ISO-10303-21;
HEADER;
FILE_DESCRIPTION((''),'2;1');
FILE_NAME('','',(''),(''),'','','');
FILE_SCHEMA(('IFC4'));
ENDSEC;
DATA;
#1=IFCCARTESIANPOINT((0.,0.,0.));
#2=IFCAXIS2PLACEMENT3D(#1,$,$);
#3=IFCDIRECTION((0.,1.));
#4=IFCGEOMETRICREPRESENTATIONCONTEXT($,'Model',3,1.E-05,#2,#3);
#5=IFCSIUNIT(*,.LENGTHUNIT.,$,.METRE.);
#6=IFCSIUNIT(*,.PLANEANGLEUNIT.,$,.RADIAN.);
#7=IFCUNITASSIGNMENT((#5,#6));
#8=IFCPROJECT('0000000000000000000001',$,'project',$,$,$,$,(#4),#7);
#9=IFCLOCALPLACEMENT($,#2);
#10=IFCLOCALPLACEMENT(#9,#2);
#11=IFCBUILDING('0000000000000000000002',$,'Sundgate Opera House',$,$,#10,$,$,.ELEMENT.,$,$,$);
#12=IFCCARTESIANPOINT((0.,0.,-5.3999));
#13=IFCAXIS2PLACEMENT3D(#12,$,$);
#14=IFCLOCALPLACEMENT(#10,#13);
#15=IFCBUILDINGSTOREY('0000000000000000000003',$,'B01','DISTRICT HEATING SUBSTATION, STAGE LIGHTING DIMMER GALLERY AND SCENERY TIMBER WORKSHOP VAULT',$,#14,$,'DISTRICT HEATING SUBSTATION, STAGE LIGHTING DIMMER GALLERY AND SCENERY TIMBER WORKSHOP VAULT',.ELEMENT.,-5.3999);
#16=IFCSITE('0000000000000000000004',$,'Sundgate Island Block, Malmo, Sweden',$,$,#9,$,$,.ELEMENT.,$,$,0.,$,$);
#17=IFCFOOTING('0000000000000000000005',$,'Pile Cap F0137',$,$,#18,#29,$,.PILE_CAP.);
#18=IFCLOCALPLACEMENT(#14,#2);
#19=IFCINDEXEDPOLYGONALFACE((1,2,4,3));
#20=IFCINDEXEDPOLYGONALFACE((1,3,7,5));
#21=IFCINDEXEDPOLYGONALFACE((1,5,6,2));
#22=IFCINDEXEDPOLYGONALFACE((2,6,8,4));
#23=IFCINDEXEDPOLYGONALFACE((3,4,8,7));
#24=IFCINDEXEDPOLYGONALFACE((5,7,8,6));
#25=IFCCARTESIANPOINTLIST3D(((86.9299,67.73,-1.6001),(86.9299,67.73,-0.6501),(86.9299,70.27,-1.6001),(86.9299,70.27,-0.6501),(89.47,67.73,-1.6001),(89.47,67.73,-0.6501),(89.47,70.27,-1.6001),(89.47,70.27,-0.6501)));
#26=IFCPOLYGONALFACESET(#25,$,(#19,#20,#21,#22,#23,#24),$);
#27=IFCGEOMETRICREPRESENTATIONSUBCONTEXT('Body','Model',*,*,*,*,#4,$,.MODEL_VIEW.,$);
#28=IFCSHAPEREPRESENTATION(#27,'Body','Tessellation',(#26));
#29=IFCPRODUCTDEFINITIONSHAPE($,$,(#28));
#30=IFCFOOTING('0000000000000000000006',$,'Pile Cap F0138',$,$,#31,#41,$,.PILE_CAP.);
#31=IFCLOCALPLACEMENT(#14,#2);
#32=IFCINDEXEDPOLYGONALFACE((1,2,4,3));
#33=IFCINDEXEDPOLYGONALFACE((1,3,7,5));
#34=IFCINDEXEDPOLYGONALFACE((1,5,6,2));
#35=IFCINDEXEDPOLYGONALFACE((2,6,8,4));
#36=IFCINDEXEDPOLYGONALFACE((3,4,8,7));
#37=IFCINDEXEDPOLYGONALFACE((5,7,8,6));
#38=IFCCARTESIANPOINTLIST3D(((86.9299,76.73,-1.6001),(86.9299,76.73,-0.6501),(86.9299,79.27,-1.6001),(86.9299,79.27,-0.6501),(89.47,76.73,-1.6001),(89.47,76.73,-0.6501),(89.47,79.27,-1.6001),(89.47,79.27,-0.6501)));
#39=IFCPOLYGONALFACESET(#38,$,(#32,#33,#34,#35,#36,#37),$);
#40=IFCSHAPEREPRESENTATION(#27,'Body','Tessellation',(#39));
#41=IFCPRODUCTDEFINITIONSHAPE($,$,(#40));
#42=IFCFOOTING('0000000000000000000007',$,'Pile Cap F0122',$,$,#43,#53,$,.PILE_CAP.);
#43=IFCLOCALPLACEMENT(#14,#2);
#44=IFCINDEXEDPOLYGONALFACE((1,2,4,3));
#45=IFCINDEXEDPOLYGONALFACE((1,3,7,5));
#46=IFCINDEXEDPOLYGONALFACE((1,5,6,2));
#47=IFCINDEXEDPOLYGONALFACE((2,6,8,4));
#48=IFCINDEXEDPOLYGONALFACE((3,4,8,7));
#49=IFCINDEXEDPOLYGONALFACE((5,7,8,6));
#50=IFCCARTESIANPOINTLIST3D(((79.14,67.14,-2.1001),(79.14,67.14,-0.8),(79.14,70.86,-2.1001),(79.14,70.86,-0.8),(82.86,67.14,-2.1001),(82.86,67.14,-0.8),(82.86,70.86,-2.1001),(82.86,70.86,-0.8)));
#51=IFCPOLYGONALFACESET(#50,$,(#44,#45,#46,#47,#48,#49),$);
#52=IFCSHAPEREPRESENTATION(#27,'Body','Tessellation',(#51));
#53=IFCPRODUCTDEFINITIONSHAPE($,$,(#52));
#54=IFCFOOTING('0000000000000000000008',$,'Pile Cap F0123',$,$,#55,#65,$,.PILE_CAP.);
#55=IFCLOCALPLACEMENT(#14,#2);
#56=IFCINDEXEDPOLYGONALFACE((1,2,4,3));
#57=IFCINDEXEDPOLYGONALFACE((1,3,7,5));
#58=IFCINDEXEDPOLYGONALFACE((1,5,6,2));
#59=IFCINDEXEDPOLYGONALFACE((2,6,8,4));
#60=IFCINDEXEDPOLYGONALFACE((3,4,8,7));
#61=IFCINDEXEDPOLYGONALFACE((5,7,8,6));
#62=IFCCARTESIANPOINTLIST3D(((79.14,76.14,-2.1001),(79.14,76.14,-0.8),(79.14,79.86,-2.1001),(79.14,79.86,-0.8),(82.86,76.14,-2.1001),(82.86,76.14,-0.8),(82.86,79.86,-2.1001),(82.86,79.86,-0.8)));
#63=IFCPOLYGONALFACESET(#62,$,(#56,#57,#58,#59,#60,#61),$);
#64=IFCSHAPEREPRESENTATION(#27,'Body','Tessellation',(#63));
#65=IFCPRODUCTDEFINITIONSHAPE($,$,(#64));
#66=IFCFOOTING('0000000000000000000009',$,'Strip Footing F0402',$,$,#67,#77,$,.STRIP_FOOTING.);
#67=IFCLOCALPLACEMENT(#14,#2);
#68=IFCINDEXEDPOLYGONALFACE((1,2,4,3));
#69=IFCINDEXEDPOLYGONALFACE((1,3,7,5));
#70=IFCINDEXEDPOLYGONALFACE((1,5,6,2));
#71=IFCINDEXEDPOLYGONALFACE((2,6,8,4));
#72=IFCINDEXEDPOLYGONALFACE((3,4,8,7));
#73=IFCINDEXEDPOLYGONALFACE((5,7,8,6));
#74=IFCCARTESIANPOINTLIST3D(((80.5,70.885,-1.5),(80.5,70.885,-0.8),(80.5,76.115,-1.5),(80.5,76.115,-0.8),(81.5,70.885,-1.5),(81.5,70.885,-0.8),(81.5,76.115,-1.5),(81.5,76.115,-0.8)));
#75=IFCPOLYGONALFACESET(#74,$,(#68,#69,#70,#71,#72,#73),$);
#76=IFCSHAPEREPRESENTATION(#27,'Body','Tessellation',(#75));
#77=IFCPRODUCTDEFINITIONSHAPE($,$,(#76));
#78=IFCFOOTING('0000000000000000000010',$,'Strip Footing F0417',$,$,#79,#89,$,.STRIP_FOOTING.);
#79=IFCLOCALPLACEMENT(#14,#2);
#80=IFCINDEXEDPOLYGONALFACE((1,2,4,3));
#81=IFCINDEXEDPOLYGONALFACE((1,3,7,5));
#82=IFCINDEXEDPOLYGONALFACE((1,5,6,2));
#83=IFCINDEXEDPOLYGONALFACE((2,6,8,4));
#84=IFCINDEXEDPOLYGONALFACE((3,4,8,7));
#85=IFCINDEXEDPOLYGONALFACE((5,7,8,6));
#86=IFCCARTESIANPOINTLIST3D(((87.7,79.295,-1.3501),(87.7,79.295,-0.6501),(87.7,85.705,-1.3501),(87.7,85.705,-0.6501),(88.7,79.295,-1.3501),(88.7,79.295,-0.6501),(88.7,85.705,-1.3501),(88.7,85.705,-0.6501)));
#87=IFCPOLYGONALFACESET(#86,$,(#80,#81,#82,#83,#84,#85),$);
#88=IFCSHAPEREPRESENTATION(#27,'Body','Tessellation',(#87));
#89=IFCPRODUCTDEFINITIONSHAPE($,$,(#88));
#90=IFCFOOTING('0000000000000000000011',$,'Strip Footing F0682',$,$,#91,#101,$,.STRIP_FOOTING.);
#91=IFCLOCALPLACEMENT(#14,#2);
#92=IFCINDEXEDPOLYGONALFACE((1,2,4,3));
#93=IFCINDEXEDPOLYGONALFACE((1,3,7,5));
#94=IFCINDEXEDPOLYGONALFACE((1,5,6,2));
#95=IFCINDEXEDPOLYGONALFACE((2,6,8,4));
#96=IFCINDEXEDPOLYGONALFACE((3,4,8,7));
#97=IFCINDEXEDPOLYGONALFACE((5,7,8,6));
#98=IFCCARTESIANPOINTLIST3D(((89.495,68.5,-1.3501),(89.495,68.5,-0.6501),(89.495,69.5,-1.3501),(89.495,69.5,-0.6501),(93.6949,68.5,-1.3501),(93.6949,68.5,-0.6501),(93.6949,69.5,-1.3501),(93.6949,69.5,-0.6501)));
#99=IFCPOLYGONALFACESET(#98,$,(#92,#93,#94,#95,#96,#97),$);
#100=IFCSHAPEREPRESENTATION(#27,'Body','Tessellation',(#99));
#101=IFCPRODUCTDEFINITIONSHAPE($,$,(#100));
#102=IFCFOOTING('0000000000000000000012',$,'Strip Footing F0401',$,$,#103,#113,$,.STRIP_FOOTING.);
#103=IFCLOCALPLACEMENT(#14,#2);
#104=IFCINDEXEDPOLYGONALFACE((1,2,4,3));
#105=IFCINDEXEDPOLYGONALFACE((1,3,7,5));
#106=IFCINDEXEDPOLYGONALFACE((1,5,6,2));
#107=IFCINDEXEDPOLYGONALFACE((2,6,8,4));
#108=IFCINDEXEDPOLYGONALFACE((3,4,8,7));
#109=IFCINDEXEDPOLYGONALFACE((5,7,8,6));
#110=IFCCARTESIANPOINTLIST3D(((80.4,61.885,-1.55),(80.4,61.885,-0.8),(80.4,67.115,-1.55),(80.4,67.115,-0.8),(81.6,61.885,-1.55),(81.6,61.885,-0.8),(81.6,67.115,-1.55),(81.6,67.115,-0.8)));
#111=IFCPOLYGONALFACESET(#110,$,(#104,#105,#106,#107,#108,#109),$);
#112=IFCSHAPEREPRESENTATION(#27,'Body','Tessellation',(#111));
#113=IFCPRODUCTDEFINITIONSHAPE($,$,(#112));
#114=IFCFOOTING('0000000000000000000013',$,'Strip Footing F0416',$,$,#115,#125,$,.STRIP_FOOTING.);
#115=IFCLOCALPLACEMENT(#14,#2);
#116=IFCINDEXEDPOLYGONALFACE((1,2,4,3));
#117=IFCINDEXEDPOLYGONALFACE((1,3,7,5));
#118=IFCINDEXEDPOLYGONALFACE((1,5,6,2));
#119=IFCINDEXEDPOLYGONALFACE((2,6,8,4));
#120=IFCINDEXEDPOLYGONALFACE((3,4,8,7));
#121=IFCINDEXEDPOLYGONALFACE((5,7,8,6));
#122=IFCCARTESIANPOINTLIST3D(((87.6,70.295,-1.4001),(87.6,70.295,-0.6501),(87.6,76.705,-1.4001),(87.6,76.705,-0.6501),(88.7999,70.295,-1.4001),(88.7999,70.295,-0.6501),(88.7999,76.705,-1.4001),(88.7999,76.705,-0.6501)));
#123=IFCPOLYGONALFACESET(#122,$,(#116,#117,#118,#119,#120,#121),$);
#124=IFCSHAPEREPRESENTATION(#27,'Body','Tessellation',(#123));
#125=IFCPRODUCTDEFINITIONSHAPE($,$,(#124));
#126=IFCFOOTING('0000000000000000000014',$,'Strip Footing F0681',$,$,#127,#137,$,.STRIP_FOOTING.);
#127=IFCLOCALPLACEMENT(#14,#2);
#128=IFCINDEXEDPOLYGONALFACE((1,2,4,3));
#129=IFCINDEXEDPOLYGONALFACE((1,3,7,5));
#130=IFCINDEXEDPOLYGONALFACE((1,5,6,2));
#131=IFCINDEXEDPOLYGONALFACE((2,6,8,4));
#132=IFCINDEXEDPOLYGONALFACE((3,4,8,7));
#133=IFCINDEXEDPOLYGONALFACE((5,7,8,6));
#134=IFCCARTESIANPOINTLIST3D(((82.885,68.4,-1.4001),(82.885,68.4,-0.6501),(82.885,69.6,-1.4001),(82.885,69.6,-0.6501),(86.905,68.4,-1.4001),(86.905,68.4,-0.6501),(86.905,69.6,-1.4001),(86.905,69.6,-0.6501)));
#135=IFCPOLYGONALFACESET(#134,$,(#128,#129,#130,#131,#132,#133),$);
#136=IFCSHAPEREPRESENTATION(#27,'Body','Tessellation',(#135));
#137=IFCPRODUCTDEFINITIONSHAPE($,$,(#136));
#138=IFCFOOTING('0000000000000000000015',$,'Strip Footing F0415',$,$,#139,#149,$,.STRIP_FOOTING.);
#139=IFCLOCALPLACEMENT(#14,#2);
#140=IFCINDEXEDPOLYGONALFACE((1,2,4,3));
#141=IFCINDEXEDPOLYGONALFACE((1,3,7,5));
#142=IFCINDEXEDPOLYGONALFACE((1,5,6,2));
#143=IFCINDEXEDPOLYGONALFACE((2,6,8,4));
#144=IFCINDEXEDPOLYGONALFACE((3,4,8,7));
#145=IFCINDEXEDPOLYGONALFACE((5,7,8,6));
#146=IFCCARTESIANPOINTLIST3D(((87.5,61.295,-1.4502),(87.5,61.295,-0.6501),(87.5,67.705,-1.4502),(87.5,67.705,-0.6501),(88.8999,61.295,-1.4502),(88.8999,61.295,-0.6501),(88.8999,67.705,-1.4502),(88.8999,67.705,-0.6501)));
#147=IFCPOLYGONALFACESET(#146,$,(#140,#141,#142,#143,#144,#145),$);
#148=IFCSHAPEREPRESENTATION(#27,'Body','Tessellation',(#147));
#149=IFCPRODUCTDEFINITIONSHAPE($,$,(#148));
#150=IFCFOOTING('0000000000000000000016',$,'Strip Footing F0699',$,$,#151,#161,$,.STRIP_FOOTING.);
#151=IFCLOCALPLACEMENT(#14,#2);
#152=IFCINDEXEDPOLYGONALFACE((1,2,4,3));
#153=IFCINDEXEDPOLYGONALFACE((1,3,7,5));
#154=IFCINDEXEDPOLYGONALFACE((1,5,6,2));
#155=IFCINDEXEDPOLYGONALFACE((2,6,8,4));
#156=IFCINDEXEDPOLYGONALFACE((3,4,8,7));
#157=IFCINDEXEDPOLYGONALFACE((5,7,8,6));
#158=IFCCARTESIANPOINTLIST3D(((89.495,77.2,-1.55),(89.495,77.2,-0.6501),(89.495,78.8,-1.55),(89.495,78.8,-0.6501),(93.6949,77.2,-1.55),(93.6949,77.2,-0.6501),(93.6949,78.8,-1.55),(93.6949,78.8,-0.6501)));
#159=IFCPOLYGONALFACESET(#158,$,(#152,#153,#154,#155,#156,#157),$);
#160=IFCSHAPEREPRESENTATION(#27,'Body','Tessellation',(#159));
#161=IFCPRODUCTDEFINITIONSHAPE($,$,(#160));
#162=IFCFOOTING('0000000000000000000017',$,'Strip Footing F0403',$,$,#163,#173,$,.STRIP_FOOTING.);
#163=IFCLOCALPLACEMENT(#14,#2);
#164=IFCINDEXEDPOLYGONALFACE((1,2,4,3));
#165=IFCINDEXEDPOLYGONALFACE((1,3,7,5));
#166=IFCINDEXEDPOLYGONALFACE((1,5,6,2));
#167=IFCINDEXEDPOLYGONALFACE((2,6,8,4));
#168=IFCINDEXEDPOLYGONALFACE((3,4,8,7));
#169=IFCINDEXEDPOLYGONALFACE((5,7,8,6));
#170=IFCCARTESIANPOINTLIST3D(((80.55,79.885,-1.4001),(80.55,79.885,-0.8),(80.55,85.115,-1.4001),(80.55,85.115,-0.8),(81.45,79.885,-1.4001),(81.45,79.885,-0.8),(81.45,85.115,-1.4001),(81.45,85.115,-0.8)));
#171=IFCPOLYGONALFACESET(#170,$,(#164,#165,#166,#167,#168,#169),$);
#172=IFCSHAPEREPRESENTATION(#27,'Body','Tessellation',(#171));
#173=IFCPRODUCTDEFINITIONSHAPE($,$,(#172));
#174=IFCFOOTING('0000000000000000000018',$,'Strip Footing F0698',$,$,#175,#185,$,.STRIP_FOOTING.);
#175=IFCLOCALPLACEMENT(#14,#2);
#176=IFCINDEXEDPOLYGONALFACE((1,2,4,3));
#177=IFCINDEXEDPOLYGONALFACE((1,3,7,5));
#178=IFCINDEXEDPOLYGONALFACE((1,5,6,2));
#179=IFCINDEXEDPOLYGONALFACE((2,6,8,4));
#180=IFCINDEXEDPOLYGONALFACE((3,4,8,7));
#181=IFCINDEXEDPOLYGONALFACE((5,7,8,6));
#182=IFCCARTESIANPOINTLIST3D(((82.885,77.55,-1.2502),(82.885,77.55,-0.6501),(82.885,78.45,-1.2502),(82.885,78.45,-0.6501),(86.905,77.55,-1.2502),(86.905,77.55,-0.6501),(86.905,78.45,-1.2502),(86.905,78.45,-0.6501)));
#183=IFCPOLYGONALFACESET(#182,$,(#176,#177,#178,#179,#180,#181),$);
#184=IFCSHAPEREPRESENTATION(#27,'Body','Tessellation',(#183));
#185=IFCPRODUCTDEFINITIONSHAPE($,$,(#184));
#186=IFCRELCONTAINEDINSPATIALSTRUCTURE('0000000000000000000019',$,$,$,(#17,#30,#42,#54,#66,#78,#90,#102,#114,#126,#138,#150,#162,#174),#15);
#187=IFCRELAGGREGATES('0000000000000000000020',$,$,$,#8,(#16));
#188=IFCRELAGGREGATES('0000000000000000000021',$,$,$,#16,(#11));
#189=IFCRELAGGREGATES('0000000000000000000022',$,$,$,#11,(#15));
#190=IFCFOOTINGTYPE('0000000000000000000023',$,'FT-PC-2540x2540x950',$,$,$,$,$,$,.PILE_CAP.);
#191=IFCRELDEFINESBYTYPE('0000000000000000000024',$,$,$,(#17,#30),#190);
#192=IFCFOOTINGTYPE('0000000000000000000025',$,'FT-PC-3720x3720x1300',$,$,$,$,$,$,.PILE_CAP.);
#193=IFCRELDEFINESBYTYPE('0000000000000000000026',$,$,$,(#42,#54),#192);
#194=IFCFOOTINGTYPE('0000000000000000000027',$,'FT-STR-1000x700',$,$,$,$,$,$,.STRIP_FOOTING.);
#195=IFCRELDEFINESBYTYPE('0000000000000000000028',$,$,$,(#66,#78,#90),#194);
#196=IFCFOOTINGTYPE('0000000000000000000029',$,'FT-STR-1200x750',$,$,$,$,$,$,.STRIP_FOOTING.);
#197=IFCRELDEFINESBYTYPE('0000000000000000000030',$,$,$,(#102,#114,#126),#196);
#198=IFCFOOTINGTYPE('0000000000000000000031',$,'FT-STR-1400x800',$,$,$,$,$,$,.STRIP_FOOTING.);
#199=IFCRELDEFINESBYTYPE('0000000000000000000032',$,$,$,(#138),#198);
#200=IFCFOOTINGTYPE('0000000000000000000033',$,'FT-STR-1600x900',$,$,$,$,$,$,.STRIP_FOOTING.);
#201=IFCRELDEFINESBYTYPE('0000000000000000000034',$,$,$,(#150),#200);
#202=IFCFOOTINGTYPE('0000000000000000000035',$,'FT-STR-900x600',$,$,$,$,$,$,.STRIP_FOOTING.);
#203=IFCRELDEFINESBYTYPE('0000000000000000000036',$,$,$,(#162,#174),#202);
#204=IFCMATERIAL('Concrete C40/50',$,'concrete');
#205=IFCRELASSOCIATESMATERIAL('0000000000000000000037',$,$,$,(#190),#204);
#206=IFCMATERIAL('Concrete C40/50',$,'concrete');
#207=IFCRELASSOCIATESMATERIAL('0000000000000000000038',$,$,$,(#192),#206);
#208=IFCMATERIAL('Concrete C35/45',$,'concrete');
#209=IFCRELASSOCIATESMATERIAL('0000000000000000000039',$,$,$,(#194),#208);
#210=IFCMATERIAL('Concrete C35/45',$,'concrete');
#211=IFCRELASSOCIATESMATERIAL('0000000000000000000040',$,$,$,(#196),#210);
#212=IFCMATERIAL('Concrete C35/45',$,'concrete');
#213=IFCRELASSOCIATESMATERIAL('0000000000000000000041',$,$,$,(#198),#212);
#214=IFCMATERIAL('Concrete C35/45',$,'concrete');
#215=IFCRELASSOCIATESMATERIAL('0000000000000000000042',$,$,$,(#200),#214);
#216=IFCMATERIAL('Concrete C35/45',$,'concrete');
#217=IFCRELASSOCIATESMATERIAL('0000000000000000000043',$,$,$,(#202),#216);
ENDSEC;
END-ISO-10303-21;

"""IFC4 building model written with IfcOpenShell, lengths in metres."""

from ifc_helpers import new_model, si_unit, direction, frame, origin, origin_2d, place, context, subcontext, project, spatial, rectangle, extrude, material, type_object, element, save


model = new_model("IFC4")

# Units and contexts
model_context = context("Model", 3, precision=1e-05, world=origin(), true_north=direction((0.0, 1.0)))
body_context = subcontext(model_context, "Body", "Model", "MODEL_VIEW")
ifc_project = project(units=[si_unit("LENGTHUNIT", "METRE"), si_unit("PLANEANGLEUNIT", "RADIAN")], contexts=[model_context])

# Site, building, storey
site_placement = place(None, origin())
site = spatial("IfcSite", under=ifc_project, at=site_placement, Name="Sundgate Island Block, Malmo, Sweden", CompositionType="ELEMENT", RefElevation=0.0)
building_placement = place(site_placement, origin())
building = spatial("IfcBuilding", under=site, at=building_placement, Name="Sundgate Opera House", CompositionType="ELEMENT")
storey_placement = place(building_placement, frame((0.0, 0.0, -5.3999)))
storey = spatial("IfcBuildingStorey", under=building, at=storey_placement, Name="B01", Description="DISTRICT HEATING SUBSTATION, STAGE LIGHTING DIMMER GALLERY AND SCENERY TIMBER WORKSHOP VAULT", LongName="DISTRICT HEATING SUBSTATION, STAGE LIGHTING DIMMER GALLERY AND SCENERY TIMBER WORKSHOP VAULT", CompositionType="ELEMENT", Elevation=-5.3999)

# Footings
ifc_material_1 = material(Name="Concrete C40/50", Category="concrete")
footing_type_1 = type_object("IfcFootingType", Name="FT-PC-2540x2540x950", PredefinedType="PILE_CAP", material=ifc_material_1)
for number, where, z_axis, x_axis, name in (
    (1, (88.2, 69.0, -1.6001), (0.0, 0.0, 1.0), (1.0, 0.0, 0.0), "Pile Cap F0137"),
    (2, (88.2, 78.0, -1.6001), (0.0, 0.0, 1.0), (1.0, 0.0, 0.0), "Pile Cap F0138"),
):
    element("IfcFooting", number, at=place(storey_placement, frame(where, z_axis=z_axis, x_axis=x_axis)), inside=storey, type_object=footing_type_1, Name=name, PredefinedType="PILE_CAP", context=body_context, shape_type="SweptSolid", body=[
        extrude(rectangle(XDim=2.54, YDim=2.54, at=origin_2d()), origin(), (0.0, 0.0, 1.0), 0.95),
    ])
ifc_material_2 = material(Name="Concrete C40/50", Category="concrete")
footing_type_2 = type_object("IfcFootingType", Name="FT-PC-3720x3720x1300", PredefinedType="PILE_CAP", material=ifc_material_2)
for number, where, z_axis, x_axis, name in (
    (3, (81.0, 69.0, -2.1001), (0.0, 0.0, 1.0), (1.0, 0.0, 0.0), "Pile Cap F0122"),
    (4, (81.0, 78.0, -2.1001), (0.0, 0.0, 1.0), (1.0, 0.0, 0.0), "Pile Cap F0123"),
):
    element("IfcFooting", number, at=place(storey_placement, frame(where, z_axis=z_axis, x_axis=x_axis)), inside=storey, type_object=footing_type_2, Name=name, PredefinedType="PILE_CAP", context=body_context, shape_type="SweptSolid", body=[
        extrude(rectangle(XDim=3.72, YDim=3.72, at=origin_2d()), origin(), (0.0, 0.0, 1.0), 1.3),
    ])
ifc_material_3 = material(Name="Concrete C35/45", Category="concrete")
footing_type_3 = type_object("IfcFootingType", Name="FT-STR-1000x700", PredefinedType="STRIP_FOOTING", material=ifc_material_3)
footing_1_placement = place(storey_placement, frame((81.0, 73.5, -1.5), z_axis=(0.0, 0.0, 1.0), x_axis=(1.0, 0.0, 0.0)))
element("IfcFooting", 5, at=footing_1_placement, inside=storey, type_object=footing_type_3, Name="Strip Footing F0402", PredefinedType="STRIP_FOOTING", context=body_context, shape_type="SweptSolid", body=[
    extrude(rectangle(XDim=1.0, YDim=5.23, at=origin_2d()), origin(), (0.0, 0.0, 1.0), 0.7),
])
footing_2_placement = place(storey_placement, frame((88.2, 82.5, -1.3501), z_axis=(0.0, 0.0, 1.0), x_axis=(1.0, 0.0, 0.0)))
element("IfcFooting", 6, at=footing_2_placement, inside=storey, type_object=footing_type_3, Name="Strip Footing F0417", PredefinedType="STRIP_FOOTING", context=body_context, shape_type="SweptSolid", body=[
    extrude(rectangle(XDim=1.0, YDim=6.4099, at=origin_2d()), origin(), (0.0, 0.0, 1.0), 0.7),
])
footing_3_placement = place(storey_placement, frame((91.595, 69.0, -1.3501), z_axis=(0.0, 0.0, 1.0), x_axis=(1.0, 0.0, 0.0)))
element("IfcFooting", 7, at=footing_3_placement, inside=storey, type_object=footing_type_3, Name="Strip Footing F0682", PredefinedType="STRIP_FOOTING", context=body_context, shape_type="SweptSolid", body=[
    extrude(rectangle(XDim=4.2, YDim=1.0, at=origin_2d()), origin(), (0.0, 0.0, 1.0), 0.7),
])
ifc_material_4 = material(Name="Concrete C35/45", Category="concrete")
footing_type_4 = type_object("IfcFootingType", Name="FT-STR-1200x750", PredefinedType="STRIP_FOOTING", material=ifc_material_4)
footing_4_placement = place(storey_placement, frame((81.0, 64.5, -1.55), z_axis=(0.0, 0.0, 1.0), x_axis=(1.0, 0.0, 0.0)))
element("IfcFooting", 8, at=footing_4_placement, inside=storey, type_object=footing_type_4, Name="Strip Footing F0401", PredefinedType="STRIP_FOOTING", context=body_context, shape_type="SweptSolid", body=[
    extrude(rectangle(XDim=1.2, YDim=5.23, at=origin_2d()), origin(), (0.0, 0.0, 1.0), 0.75),
])
footing_5_placement = place(storey_placement, frame((88.2, 73.5, -1.4001), z_axis=(0.0, 0.0, 1.0), x_axis=(1.0, 0.0, 0.0)))
element("IfcFooting", 9, at=footing_5_placement, inside=storey, type_object=footing_type_4, Name="Strip Footing F0416", PredefinedType="STRIP_FOOTING", context=body_context, shape_type="SweptSolid", body=[
    extrude(rectangle(XDim=1.2, YDim=6.4099, at=origin_2d()), origin(), (0.0, 0.0, 1.0), 0.75),
])
footing_6_placement = place(storey_placement, frame((84.895, 69.0, -1.4001), z_axis=(0.0, 0.0, 1.0), x_axis=(1.0, 0.0, 0.0)))
element("IfcFooting", 10, at=footing_6_placement, inside=storey, type_object=footing_type_4, Name="Strip Footing F0681", PredefinedType="STRIP_FOOTING", context=body_context, shape_type="SweptSolid", body=[
    extrude(rectangle(XDim=4.02, YDim=1.2, at=origin_2d()), origin(), (0.0, 0.0, 1.0), 0.75),
])
ifc_material_5 = material(Name="Concrete C35/45", Category="concrete")
footing_type_5 = type_object("IfcFootingType", Name="FT-STR-1400x800", PredefinedType="STRIP_FOOTING", material=ifc_material_5)
footing_7_placement = place(storey_placement, frame((88.2, 64.5, -1.4502), z_axis=(0.0, 0.0, 1.0), x_axis=(1.0, 0.0, 0.0)))
element("IfcFooting", 11, at=footing_7_placement, inside=storey, type_object=footing_type_5, Name="Strip Footing F0415", PredefinedType="STRIP_FOOTING", context=body_context, shape_type="SweptSolid", body=[
    extrude(rectangle(XDim=1.3999, YDim=6.4099, at=origin_2d()), origin(), (0.0, 0.0, 1.0), 0.8),
])
ifc_material_6 = material(Name="Concrete C35/45", Category="concrete")
footing_type_6 = type_object("IfcFootingType", Name="FT-STR-1600x900", PredefinedType="STRIP_FOOTING", material=ifc_material_6)
footing_8_placement = place(storey_placement, frame((91.595, 78.0, -1.55), z_axis=(0.0, 0.0, 1.0), x_axis=(1.0, 0.0, 0.0)))
element("IfcFooting", 12, at=footing_8_placement, inside=storey, type_object=footing_type_6, Name="Strip Footing F0699", PredefinedType="STRIP_FOOTING", context=body_context, shape_type="SweptSolid", body=[
    extrude(rectangle(XDim=4.2, YDim=1.6001, at=origin_2d()), origin(), (0.0, 0.0, 1.0), 0.8999),
])
ifc_material_7 = material(Name="Concrete C35/45", Category="concrete")
footing_type_7 = type_object("IfcFootingType", Name="FT-STR-900x600", PredefinedType="STRIP_FOOTING", material=ifc_material_7)
footing_9_placement = place(storey_placement, frame((81.0, 82.5, -1.4001), z_axis=(0.0, 0.0, 1.0), x_axis=(1.0, 0.0, 0.0)))
element("IfcFooting", 13, at=footing_9_placement, inside=storey, type_object=footing_type_7, Name="Strip Footing F0403", PredefinedType="STRIP_FOOTING", context=body_context, shape_type="SweptSolid", body=[
    extrude(rectangle(XDim=0.8999, YDim=5.23, at=origin_2d()), origin(), (0.0, 0.0, 1.0), 0.6001),
])
footing_10_placement = place(storey_placement, frame((84.895, 78.0, -1.2502), z_axis=(0.0, 0.0, 1.0), x_axis=(1.0, 0.0, 0.0)))
element("IfcFooting", 14, at=footing_10_placement, inside=storey, type_object=footing_type_7, Name="Strip Footing F0698", PredefinedType="STRIP_FOOTING", context=body_context, shape_type="SweptSolid", body=[
    extrude(rectangle(XDim=4.02, YDim=0.8999, at=origin_2d()), origin(), (0.0, 0.0, 1.0), 0.6001),
])

save(model, "model.ifc")
